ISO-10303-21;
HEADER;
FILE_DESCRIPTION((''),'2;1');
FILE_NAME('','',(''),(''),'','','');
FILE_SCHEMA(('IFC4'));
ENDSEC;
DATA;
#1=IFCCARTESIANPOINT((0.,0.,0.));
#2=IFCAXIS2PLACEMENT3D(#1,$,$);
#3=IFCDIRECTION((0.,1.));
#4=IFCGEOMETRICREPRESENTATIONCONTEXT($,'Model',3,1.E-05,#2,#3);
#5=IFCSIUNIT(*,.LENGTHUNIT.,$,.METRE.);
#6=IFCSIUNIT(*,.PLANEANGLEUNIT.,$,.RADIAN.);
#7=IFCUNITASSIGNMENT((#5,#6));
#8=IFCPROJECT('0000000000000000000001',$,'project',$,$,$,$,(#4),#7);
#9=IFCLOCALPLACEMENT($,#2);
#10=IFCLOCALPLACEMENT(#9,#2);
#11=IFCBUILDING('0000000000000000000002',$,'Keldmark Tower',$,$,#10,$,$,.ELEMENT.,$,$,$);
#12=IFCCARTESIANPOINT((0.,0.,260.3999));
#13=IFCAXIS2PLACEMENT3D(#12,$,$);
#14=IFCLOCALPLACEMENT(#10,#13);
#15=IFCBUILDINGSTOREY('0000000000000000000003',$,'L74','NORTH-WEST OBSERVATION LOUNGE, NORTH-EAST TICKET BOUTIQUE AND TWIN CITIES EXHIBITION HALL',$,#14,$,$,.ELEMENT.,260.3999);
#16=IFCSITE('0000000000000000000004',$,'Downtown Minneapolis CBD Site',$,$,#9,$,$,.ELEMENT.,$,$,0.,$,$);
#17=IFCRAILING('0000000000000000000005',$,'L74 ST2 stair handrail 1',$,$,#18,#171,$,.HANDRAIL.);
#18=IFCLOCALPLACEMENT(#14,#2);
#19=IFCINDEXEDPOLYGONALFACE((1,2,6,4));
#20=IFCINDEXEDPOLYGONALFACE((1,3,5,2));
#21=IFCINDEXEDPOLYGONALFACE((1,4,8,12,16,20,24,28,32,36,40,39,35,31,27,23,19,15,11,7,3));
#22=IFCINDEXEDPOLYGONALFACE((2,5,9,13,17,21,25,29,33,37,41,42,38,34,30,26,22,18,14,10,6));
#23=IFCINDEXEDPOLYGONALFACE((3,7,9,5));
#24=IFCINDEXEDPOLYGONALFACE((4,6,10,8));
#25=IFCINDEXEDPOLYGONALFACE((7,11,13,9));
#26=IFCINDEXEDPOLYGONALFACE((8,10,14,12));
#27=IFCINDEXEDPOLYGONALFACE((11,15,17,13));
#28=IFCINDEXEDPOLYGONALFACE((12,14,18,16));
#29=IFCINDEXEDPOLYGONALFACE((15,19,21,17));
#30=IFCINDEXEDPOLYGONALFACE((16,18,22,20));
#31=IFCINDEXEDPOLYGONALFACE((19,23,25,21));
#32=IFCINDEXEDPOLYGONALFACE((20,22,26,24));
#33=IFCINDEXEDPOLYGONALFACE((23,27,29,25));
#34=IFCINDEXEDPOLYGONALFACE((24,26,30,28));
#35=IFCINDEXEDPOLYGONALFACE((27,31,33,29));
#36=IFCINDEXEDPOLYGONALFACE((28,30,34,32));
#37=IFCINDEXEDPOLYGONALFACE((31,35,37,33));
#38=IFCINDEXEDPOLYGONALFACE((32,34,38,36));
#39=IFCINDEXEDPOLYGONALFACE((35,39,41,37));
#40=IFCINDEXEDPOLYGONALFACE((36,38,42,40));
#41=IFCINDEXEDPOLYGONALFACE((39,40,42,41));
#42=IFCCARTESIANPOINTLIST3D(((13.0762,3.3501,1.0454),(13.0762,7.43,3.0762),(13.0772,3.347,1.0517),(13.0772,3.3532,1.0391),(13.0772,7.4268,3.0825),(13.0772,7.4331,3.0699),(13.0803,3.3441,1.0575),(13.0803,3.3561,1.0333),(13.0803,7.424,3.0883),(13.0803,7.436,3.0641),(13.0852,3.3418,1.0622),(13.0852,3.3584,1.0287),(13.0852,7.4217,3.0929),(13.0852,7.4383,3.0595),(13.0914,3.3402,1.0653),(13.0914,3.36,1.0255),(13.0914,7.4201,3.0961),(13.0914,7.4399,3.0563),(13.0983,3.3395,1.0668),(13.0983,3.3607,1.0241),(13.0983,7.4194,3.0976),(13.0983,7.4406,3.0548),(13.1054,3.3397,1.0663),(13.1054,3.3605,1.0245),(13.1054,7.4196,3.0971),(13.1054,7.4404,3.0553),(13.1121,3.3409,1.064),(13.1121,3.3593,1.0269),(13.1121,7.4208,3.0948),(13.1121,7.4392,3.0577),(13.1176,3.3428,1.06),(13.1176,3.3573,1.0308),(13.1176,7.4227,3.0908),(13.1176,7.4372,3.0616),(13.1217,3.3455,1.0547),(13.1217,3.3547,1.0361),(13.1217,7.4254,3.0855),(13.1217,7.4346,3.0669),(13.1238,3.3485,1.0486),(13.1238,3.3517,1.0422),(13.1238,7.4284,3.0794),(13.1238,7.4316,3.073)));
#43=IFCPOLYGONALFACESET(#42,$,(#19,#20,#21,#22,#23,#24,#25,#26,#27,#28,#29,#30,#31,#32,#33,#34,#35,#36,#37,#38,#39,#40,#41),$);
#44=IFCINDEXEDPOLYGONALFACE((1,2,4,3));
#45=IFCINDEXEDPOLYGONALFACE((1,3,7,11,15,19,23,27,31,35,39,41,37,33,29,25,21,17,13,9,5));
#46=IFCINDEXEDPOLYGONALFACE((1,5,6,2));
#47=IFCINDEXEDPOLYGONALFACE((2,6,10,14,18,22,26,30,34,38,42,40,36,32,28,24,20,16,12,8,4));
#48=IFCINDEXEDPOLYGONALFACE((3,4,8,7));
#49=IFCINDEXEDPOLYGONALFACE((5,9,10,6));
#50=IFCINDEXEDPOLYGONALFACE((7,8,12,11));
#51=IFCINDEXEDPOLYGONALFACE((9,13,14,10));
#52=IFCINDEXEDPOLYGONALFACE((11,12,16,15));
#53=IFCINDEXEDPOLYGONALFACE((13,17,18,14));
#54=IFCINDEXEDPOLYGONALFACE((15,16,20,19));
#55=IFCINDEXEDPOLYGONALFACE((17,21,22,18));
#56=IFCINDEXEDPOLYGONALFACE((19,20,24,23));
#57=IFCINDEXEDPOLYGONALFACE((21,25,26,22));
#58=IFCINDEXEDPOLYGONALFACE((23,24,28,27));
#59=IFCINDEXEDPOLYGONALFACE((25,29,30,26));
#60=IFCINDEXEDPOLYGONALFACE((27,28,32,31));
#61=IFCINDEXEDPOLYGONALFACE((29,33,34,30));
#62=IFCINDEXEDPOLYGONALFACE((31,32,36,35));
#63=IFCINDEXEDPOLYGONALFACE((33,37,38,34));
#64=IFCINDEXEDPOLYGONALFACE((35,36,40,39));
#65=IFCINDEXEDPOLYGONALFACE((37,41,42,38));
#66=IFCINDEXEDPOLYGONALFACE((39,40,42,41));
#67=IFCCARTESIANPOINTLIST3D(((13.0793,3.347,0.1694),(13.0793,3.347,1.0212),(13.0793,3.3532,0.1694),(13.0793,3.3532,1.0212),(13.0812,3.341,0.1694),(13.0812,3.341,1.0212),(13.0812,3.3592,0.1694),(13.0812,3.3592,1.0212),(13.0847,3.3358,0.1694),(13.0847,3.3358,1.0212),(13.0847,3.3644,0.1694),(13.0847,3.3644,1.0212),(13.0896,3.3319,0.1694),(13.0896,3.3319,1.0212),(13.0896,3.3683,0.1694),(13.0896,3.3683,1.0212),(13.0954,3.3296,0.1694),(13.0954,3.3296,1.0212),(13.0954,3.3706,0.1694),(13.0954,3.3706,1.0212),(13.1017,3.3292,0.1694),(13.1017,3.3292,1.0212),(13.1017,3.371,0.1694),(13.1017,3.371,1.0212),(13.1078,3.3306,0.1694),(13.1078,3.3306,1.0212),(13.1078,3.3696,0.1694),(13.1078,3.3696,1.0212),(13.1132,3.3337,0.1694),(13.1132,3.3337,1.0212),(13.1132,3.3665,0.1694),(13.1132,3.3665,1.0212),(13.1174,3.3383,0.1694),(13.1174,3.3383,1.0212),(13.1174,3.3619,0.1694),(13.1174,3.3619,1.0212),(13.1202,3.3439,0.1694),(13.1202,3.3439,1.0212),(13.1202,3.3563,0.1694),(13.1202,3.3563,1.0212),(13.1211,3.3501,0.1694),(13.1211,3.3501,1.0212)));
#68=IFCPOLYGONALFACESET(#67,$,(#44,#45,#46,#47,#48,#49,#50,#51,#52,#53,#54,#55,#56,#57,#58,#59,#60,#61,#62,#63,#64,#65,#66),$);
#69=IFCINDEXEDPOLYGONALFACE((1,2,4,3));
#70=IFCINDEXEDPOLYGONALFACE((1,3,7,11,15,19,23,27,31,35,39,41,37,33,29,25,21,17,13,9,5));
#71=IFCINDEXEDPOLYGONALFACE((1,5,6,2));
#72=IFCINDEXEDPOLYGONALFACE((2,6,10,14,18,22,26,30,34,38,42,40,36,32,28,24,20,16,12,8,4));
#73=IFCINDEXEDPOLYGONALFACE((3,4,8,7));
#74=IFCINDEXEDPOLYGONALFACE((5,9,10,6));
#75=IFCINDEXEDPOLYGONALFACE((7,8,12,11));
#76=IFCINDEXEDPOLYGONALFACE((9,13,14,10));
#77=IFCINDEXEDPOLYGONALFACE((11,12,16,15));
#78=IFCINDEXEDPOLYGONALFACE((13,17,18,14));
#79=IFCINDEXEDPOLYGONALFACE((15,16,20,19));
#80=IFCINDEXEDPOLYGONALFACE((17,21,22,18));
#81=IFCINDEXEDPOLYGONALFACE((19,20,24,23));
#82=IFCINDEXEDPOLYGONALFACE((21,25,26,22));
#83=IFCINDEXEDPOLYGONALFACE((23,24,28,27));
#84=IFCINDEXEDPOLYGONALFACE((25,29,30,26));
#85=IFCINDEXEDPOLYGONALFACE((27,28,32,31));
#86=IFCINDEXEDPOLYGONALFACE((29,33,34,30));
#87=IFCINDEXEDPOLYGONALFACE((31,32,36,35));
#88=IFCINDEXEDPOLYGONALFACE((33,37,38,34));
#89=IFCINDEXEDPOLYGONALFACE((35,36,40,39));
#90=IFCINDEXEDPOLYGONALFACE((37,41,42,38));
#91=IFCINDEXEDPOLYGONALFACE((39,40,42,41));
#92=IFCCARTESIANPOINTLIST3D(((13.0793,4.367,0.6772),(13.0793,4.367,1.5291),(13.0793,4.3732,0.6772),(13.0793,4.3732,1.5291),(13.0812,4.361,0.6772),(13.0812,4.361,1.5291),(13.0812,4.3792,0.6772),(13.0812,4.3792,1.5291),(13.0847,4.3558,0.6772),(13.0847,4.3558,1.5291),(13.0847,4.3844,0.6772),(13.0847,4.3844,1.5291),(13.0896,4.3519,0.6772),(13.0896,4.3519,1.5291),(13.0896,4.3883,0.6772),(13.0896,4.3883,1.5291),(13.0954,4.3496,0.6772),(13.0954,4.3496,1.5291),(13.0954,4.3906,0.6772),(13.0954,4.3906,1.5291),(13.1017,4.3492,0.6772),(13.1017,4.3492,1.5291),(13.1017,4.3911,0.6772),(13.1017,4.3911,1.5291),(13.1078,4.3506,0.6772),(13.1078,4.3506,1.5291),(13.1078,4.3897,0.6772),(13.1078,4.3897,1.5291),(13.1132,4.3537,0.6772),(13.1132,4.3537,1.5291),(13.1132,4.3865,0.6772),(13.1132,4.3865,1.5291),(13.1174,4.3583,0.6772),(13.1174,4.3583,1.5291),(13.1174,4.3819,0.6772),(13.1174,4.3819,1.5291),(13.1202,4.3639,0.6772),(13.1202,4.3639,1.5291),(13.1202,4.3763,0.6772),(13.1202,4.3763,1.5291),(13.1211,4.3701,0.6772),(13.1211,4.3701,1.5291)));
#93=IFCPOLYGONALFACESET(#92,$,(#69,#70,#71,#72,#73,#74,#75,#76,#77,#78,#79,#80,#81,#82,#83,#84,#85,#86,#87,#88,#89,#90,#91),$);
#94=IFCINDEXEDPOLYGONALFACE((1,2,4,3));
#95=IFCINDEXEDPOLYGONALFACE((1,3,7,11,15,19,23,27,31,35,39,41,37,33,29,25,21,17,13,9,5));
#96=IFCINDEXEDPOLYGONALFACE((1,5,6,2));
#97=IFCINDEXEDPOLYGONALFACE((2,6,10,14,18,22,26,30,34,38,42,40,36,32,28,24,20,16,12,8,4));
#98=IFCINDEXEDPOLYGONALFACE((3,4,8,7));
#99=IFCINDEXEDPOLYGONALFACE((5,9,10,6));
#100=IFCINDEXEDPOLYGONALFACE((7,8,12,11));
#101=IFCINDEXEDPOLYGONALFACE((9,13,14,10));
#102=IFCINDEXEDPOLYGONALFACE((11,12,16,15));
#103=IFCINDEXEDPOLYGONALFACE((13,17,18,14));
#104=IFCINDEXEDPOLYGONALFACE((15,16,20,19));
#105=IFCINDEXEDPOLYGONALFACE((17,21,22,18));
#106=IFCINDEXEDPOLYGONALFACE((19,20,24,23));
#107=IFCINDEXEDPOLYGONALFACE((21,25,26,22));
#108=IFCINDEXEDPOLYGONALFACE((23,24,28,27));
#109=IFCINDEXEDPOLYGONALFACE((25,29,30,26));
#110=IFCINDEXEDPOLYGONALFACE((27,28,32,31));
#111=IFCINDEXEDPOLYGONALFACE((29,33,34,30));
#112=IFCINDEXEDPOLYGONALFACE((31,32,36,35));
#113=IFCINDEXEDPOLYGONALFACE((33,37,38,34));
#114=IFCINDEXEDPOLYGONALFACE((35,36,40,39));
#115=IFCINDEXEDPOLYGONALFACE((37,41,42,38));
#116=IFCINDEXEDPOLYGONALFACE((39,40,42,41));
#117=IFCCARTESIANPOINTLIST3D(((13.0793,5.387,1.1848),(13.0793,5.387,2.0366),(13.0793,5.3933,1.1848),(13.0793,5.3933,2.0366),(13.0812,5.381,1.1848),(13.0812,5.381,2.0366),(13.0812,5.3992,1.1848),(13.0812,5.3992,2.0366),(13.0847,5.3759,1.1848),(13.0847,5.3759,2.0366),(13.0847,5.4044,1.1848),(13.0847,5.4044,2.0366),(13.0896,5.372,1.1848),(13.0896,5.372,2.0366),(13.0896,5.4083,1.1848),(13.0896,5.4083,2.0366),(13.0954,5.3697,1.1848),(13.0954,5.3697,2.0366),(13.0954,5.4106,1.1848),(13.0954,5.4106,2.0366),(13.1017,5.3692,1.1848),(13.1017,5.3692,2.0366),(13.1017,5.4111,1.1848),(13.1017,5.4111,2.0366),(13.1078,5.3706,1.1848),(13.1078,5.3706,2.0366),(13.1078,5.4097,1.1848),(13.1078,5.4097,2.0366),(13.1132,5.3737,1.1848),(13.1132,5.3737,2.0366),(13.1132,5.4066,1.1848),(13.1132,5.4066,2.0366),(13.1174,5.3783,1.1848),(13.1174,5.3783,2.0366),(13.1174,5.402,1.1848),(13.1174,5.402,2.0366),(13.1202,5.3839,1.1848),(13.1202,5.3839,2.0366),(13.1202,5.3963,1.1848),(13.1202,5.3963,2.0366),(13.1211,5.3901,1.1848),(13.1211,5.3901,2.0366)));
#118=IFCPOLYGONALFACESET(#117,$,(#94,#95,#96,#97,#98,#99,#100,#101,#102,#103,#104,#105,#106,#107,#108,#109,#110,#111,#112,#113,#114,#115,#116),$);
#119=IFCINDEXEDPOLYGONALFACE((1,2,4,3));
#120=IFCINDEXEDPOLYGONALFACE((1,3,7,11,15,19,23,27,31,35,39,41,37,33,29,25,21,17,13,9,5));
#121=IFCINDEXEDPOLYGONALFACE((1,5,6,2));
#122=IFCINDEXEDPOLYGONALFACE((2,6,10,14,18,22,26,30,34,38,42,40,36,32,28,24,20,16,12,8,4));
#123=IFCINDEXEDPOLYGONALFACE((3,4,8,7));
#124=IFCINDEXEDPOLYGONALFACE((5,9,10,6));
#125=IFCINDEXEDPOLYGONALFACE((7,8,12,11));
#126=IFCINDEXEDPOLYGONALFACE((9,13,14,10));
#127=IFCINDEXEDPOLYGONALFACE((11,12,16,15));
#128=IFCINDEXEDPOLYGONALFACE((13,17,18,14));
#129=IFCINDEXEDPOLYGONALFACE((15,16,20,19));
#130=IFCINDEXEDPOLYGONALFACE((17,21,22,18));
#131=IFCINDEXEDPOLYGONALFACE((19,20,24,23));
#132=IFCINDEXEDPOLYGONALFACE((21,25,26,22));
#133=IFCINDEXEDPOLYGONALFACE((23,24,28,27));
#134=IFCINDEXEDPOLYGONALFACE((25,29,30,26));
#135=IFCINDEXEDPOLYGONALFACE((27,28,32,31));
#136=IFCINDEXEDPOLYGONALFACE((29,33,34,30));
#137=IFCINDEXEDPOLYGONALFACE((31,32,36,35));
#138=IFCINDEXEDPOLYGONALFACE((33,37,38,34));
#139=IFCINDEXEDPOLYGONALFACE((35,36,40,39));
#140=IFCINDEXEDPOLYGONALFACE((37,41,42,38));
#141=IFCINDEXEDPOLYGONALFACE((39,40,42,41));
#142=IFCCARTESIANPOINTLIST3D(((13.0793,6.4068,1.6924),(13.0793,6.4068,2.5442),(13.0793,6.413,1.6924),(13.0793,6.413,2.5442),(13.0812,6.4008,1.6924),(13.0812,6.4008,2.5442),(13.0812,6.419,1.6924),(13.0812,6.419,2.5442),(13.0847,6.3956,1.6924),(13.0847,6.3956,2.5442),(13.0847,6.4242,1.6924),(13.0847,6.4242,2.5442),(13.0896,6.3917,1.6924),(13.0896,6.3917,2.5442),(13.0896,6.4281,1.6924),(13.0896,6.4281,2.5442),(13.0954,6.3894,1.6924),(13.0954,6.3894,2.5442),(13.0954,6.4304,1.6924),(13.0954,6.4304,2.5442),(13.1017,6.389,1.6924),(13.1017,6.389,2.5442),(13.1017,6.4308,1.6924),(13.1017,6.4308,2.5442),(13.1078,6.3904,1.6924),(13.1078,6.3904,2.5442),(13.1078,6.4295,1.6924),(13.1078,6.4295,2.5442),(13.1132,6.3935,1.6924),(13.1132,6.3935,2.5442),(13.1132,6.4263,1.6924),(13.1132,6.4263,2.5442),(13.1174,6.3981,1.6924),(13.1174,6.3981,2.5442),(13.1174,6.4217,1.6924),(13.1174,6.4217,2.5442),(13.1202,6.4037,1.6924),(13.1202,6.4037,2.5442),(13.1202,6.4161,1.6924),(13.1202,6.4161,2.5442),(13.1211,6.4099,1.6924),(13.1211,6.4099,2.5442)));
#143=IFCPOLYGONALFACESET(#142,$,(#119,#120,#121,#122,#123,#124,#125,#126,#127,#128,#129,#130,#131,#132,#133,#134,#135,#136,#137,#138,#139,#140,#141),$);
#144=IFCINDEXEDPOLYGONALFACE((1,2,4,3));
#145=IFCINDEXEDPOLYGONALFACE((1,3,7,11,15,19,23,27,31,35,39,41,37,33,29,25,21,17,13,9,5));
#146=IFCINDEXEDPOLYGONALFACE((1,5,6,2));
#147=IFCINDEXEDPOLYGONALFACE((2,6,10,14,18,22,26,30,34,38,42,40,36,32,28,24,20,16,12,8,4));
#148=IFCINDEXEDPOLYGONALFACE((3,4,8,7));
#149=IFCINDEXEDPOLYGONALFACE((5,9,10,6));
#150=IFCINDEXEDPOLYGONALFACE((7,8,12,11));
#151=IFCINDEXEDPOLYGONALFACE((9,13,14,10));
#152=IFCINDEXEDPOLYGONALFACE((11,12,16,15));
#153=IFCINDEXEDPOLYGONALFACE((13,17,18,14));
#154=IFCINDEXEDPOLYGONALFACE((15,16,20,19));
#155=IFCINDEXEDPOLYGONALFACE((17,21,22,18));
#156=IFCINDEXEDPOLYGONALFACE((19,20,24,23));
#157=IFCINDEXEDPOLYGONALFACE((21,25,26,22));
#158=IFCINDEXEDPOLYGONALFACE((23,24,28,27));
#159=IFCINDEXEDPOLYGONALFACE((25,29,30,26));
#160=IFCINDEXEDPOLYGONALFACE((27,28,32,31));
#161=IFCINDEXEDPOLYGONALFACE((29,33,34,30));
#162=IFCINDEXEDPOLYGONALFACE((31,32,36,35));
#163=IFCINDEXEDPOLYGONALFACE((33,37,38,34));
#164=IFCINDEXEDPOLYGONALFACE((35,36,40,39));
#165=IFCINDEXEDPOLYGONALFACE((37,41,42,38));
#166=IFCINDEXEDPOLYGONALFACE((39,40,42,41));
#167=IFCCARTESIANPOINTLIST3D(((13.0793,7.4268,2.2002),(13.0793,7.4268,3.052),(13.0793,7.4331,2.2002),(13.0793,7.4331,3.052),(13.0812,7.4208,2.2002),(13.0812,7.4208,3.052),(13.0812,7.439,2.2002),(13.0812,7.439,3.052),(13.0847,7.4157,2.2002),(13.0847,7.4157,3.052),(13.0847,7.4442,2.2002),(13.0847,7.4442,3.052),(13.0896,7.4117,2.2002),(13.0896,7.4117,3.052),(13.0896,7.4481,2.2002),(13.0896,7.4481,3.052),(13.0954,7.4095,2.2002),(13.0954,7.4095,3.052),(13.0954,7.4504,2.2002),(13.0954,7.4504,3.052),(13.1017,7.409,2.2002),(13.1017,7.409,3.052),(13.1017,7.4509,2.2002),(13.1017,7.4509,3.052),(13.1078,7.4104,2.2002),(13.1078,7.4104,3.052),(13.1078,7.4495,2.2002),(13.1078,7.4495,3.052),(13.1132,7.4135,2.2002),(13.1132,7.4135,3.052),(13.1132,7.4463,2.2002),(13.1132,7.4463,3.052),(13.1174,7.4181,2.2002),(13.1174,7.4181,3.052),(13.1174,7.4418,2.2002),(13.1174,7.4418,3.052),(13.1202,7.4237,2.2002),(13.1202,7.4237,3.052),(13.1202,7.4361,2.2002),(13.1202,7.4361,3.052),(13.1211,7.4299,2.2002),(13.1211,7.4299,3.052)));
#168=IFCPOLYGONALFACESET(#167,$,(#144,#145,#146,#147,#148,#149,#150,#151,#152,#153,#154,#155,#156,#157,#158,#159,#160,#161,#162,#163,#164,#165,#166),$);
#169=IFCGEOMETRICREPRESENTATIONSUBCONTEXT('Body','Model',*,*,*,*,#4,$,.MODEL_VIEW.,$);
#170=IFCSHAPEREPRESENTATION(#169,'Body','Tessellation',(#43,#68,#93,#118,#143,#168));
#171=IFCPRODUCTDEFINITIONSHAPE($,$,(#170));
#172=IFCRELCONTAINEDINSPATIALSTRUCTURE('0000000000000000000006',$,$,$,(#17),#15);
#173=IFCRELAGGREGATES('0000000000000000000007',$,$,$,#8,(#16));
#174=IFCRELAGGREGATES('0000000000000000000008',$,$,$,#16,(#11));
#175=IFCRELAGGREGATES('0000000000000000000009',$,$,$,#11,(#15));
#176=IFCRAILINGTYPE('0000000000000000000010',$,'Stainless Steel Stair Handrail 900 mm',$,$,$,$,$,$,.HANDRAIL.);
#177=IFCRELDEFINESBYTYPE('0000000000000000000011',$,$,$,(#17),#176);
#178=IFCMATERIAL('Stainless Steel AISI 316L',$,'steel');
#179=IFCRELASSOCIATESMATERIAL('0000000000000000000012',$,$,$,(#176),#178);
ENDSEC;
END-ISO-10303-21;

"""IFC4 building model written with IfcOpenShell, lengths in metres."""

from ifc_helpers import new_model, si_unit, direction, frame, origin, origin_2d, place, context, subcontext, project, spatial, circle, extrude, material, type_object, element, save


model = new_model("IFC4")

# Units and contexts
model_context = context("Model", 3, precision=1e-05, world=origin(), true_north=direction((0.0, 1.0)))
body_context = subcontext(model_context, "Body", "Model", "MODEL_VIEW")
ifc_project = project(units=[si_unit("LENGTHUNIT", "METRE"), si_unit("PLANEANGLEUNIT", "RADIAN")], contexts=[model_context])

# Site, building, storey
site_placement = place(None, origin())
site = spatial("IfcSite", under=ifc_project, at=site_placement, Name="Downtown Minneapolis CBD Site", CompositionType="ELEMENT", RefElevation=0.0)
building_placement = place(site_placement, origin())
building = spatial("IfcBuilding", under=site, at=building_placement, Name="Keldmark Tower", CompositionType="ELEMENT")
storey_placement = place(building_placement, frame((0.0, 0.0, 260.3999)))
storey = spatial("IfcBuildingStorey", under=building, at=storey_placement, Name="L74", Description="NORTH-WEST OBSERVATION LOUNGE, NORTH-EAST TICKET BOUTIQUE AND TWIN CITIES EXHIBITION HALL", CompositionType="ELEMENT", Elevation=260.3999)

# Railing
ifc_material_1 = material(Name="Stainless Steel AISI 316L", Category="steel")
railing_type_1 = type_object("IfcRailingType", Name="Stainless Steel Stair Handrail 900 mm", PredefinedType="HANDRAIL", material=ifc_material_1)
railing_1_placement = place(storey_placement, frame((13.1001, 3.3501, 0.1694)))
element("IfcRailing", 1, at=railing_1_placement, inside=storey, type_object=railing_type_1, Name="L74 ST2 stair handrail 1", PredefinedType="HANDRAIL", context=body_context, shape_type="SweptSolid", body=[
    extrude(circle(Radius=0.0239, at=origin_2d()), frame((0.0, 0.0, 0.876), z_axis=(0.0, 0.895229, 0.445606), x_axis=(-1.0, 0.0, 0.0)), (0.0, 0.0, 1.0), 4.5574),
    extrude(circle(Radius=0.021, at=origin_2d()), origin(), (0.0, 0.0, 1.0), 0.8518),
    extrude(circle(Radius=0.021, at=origin_2d()), frame((0.0, 1.02, 0.5078)), (0.0, 0.0, 1.0), 0.8518),
    extrude(circle(Radius=0.021, at=origin_2d()), frame((0.0, 2.04, 1.0154)), (0.0, 0.0, 1.0), 0.8518),
    extrude(circle(Radius=0.021, at=origin_2d()), frame((0.0, 3.0598, 1.5229)), (0.0, 0.0, 1.0), 0.8518),
    extrude(circle(Radius=0.021, at=origin_2d()), frame((0.0, 4.0798, 2.0308)), (0.0, 0.0, 1.0), 0.8518),
])

save(model, "model.ifc")
